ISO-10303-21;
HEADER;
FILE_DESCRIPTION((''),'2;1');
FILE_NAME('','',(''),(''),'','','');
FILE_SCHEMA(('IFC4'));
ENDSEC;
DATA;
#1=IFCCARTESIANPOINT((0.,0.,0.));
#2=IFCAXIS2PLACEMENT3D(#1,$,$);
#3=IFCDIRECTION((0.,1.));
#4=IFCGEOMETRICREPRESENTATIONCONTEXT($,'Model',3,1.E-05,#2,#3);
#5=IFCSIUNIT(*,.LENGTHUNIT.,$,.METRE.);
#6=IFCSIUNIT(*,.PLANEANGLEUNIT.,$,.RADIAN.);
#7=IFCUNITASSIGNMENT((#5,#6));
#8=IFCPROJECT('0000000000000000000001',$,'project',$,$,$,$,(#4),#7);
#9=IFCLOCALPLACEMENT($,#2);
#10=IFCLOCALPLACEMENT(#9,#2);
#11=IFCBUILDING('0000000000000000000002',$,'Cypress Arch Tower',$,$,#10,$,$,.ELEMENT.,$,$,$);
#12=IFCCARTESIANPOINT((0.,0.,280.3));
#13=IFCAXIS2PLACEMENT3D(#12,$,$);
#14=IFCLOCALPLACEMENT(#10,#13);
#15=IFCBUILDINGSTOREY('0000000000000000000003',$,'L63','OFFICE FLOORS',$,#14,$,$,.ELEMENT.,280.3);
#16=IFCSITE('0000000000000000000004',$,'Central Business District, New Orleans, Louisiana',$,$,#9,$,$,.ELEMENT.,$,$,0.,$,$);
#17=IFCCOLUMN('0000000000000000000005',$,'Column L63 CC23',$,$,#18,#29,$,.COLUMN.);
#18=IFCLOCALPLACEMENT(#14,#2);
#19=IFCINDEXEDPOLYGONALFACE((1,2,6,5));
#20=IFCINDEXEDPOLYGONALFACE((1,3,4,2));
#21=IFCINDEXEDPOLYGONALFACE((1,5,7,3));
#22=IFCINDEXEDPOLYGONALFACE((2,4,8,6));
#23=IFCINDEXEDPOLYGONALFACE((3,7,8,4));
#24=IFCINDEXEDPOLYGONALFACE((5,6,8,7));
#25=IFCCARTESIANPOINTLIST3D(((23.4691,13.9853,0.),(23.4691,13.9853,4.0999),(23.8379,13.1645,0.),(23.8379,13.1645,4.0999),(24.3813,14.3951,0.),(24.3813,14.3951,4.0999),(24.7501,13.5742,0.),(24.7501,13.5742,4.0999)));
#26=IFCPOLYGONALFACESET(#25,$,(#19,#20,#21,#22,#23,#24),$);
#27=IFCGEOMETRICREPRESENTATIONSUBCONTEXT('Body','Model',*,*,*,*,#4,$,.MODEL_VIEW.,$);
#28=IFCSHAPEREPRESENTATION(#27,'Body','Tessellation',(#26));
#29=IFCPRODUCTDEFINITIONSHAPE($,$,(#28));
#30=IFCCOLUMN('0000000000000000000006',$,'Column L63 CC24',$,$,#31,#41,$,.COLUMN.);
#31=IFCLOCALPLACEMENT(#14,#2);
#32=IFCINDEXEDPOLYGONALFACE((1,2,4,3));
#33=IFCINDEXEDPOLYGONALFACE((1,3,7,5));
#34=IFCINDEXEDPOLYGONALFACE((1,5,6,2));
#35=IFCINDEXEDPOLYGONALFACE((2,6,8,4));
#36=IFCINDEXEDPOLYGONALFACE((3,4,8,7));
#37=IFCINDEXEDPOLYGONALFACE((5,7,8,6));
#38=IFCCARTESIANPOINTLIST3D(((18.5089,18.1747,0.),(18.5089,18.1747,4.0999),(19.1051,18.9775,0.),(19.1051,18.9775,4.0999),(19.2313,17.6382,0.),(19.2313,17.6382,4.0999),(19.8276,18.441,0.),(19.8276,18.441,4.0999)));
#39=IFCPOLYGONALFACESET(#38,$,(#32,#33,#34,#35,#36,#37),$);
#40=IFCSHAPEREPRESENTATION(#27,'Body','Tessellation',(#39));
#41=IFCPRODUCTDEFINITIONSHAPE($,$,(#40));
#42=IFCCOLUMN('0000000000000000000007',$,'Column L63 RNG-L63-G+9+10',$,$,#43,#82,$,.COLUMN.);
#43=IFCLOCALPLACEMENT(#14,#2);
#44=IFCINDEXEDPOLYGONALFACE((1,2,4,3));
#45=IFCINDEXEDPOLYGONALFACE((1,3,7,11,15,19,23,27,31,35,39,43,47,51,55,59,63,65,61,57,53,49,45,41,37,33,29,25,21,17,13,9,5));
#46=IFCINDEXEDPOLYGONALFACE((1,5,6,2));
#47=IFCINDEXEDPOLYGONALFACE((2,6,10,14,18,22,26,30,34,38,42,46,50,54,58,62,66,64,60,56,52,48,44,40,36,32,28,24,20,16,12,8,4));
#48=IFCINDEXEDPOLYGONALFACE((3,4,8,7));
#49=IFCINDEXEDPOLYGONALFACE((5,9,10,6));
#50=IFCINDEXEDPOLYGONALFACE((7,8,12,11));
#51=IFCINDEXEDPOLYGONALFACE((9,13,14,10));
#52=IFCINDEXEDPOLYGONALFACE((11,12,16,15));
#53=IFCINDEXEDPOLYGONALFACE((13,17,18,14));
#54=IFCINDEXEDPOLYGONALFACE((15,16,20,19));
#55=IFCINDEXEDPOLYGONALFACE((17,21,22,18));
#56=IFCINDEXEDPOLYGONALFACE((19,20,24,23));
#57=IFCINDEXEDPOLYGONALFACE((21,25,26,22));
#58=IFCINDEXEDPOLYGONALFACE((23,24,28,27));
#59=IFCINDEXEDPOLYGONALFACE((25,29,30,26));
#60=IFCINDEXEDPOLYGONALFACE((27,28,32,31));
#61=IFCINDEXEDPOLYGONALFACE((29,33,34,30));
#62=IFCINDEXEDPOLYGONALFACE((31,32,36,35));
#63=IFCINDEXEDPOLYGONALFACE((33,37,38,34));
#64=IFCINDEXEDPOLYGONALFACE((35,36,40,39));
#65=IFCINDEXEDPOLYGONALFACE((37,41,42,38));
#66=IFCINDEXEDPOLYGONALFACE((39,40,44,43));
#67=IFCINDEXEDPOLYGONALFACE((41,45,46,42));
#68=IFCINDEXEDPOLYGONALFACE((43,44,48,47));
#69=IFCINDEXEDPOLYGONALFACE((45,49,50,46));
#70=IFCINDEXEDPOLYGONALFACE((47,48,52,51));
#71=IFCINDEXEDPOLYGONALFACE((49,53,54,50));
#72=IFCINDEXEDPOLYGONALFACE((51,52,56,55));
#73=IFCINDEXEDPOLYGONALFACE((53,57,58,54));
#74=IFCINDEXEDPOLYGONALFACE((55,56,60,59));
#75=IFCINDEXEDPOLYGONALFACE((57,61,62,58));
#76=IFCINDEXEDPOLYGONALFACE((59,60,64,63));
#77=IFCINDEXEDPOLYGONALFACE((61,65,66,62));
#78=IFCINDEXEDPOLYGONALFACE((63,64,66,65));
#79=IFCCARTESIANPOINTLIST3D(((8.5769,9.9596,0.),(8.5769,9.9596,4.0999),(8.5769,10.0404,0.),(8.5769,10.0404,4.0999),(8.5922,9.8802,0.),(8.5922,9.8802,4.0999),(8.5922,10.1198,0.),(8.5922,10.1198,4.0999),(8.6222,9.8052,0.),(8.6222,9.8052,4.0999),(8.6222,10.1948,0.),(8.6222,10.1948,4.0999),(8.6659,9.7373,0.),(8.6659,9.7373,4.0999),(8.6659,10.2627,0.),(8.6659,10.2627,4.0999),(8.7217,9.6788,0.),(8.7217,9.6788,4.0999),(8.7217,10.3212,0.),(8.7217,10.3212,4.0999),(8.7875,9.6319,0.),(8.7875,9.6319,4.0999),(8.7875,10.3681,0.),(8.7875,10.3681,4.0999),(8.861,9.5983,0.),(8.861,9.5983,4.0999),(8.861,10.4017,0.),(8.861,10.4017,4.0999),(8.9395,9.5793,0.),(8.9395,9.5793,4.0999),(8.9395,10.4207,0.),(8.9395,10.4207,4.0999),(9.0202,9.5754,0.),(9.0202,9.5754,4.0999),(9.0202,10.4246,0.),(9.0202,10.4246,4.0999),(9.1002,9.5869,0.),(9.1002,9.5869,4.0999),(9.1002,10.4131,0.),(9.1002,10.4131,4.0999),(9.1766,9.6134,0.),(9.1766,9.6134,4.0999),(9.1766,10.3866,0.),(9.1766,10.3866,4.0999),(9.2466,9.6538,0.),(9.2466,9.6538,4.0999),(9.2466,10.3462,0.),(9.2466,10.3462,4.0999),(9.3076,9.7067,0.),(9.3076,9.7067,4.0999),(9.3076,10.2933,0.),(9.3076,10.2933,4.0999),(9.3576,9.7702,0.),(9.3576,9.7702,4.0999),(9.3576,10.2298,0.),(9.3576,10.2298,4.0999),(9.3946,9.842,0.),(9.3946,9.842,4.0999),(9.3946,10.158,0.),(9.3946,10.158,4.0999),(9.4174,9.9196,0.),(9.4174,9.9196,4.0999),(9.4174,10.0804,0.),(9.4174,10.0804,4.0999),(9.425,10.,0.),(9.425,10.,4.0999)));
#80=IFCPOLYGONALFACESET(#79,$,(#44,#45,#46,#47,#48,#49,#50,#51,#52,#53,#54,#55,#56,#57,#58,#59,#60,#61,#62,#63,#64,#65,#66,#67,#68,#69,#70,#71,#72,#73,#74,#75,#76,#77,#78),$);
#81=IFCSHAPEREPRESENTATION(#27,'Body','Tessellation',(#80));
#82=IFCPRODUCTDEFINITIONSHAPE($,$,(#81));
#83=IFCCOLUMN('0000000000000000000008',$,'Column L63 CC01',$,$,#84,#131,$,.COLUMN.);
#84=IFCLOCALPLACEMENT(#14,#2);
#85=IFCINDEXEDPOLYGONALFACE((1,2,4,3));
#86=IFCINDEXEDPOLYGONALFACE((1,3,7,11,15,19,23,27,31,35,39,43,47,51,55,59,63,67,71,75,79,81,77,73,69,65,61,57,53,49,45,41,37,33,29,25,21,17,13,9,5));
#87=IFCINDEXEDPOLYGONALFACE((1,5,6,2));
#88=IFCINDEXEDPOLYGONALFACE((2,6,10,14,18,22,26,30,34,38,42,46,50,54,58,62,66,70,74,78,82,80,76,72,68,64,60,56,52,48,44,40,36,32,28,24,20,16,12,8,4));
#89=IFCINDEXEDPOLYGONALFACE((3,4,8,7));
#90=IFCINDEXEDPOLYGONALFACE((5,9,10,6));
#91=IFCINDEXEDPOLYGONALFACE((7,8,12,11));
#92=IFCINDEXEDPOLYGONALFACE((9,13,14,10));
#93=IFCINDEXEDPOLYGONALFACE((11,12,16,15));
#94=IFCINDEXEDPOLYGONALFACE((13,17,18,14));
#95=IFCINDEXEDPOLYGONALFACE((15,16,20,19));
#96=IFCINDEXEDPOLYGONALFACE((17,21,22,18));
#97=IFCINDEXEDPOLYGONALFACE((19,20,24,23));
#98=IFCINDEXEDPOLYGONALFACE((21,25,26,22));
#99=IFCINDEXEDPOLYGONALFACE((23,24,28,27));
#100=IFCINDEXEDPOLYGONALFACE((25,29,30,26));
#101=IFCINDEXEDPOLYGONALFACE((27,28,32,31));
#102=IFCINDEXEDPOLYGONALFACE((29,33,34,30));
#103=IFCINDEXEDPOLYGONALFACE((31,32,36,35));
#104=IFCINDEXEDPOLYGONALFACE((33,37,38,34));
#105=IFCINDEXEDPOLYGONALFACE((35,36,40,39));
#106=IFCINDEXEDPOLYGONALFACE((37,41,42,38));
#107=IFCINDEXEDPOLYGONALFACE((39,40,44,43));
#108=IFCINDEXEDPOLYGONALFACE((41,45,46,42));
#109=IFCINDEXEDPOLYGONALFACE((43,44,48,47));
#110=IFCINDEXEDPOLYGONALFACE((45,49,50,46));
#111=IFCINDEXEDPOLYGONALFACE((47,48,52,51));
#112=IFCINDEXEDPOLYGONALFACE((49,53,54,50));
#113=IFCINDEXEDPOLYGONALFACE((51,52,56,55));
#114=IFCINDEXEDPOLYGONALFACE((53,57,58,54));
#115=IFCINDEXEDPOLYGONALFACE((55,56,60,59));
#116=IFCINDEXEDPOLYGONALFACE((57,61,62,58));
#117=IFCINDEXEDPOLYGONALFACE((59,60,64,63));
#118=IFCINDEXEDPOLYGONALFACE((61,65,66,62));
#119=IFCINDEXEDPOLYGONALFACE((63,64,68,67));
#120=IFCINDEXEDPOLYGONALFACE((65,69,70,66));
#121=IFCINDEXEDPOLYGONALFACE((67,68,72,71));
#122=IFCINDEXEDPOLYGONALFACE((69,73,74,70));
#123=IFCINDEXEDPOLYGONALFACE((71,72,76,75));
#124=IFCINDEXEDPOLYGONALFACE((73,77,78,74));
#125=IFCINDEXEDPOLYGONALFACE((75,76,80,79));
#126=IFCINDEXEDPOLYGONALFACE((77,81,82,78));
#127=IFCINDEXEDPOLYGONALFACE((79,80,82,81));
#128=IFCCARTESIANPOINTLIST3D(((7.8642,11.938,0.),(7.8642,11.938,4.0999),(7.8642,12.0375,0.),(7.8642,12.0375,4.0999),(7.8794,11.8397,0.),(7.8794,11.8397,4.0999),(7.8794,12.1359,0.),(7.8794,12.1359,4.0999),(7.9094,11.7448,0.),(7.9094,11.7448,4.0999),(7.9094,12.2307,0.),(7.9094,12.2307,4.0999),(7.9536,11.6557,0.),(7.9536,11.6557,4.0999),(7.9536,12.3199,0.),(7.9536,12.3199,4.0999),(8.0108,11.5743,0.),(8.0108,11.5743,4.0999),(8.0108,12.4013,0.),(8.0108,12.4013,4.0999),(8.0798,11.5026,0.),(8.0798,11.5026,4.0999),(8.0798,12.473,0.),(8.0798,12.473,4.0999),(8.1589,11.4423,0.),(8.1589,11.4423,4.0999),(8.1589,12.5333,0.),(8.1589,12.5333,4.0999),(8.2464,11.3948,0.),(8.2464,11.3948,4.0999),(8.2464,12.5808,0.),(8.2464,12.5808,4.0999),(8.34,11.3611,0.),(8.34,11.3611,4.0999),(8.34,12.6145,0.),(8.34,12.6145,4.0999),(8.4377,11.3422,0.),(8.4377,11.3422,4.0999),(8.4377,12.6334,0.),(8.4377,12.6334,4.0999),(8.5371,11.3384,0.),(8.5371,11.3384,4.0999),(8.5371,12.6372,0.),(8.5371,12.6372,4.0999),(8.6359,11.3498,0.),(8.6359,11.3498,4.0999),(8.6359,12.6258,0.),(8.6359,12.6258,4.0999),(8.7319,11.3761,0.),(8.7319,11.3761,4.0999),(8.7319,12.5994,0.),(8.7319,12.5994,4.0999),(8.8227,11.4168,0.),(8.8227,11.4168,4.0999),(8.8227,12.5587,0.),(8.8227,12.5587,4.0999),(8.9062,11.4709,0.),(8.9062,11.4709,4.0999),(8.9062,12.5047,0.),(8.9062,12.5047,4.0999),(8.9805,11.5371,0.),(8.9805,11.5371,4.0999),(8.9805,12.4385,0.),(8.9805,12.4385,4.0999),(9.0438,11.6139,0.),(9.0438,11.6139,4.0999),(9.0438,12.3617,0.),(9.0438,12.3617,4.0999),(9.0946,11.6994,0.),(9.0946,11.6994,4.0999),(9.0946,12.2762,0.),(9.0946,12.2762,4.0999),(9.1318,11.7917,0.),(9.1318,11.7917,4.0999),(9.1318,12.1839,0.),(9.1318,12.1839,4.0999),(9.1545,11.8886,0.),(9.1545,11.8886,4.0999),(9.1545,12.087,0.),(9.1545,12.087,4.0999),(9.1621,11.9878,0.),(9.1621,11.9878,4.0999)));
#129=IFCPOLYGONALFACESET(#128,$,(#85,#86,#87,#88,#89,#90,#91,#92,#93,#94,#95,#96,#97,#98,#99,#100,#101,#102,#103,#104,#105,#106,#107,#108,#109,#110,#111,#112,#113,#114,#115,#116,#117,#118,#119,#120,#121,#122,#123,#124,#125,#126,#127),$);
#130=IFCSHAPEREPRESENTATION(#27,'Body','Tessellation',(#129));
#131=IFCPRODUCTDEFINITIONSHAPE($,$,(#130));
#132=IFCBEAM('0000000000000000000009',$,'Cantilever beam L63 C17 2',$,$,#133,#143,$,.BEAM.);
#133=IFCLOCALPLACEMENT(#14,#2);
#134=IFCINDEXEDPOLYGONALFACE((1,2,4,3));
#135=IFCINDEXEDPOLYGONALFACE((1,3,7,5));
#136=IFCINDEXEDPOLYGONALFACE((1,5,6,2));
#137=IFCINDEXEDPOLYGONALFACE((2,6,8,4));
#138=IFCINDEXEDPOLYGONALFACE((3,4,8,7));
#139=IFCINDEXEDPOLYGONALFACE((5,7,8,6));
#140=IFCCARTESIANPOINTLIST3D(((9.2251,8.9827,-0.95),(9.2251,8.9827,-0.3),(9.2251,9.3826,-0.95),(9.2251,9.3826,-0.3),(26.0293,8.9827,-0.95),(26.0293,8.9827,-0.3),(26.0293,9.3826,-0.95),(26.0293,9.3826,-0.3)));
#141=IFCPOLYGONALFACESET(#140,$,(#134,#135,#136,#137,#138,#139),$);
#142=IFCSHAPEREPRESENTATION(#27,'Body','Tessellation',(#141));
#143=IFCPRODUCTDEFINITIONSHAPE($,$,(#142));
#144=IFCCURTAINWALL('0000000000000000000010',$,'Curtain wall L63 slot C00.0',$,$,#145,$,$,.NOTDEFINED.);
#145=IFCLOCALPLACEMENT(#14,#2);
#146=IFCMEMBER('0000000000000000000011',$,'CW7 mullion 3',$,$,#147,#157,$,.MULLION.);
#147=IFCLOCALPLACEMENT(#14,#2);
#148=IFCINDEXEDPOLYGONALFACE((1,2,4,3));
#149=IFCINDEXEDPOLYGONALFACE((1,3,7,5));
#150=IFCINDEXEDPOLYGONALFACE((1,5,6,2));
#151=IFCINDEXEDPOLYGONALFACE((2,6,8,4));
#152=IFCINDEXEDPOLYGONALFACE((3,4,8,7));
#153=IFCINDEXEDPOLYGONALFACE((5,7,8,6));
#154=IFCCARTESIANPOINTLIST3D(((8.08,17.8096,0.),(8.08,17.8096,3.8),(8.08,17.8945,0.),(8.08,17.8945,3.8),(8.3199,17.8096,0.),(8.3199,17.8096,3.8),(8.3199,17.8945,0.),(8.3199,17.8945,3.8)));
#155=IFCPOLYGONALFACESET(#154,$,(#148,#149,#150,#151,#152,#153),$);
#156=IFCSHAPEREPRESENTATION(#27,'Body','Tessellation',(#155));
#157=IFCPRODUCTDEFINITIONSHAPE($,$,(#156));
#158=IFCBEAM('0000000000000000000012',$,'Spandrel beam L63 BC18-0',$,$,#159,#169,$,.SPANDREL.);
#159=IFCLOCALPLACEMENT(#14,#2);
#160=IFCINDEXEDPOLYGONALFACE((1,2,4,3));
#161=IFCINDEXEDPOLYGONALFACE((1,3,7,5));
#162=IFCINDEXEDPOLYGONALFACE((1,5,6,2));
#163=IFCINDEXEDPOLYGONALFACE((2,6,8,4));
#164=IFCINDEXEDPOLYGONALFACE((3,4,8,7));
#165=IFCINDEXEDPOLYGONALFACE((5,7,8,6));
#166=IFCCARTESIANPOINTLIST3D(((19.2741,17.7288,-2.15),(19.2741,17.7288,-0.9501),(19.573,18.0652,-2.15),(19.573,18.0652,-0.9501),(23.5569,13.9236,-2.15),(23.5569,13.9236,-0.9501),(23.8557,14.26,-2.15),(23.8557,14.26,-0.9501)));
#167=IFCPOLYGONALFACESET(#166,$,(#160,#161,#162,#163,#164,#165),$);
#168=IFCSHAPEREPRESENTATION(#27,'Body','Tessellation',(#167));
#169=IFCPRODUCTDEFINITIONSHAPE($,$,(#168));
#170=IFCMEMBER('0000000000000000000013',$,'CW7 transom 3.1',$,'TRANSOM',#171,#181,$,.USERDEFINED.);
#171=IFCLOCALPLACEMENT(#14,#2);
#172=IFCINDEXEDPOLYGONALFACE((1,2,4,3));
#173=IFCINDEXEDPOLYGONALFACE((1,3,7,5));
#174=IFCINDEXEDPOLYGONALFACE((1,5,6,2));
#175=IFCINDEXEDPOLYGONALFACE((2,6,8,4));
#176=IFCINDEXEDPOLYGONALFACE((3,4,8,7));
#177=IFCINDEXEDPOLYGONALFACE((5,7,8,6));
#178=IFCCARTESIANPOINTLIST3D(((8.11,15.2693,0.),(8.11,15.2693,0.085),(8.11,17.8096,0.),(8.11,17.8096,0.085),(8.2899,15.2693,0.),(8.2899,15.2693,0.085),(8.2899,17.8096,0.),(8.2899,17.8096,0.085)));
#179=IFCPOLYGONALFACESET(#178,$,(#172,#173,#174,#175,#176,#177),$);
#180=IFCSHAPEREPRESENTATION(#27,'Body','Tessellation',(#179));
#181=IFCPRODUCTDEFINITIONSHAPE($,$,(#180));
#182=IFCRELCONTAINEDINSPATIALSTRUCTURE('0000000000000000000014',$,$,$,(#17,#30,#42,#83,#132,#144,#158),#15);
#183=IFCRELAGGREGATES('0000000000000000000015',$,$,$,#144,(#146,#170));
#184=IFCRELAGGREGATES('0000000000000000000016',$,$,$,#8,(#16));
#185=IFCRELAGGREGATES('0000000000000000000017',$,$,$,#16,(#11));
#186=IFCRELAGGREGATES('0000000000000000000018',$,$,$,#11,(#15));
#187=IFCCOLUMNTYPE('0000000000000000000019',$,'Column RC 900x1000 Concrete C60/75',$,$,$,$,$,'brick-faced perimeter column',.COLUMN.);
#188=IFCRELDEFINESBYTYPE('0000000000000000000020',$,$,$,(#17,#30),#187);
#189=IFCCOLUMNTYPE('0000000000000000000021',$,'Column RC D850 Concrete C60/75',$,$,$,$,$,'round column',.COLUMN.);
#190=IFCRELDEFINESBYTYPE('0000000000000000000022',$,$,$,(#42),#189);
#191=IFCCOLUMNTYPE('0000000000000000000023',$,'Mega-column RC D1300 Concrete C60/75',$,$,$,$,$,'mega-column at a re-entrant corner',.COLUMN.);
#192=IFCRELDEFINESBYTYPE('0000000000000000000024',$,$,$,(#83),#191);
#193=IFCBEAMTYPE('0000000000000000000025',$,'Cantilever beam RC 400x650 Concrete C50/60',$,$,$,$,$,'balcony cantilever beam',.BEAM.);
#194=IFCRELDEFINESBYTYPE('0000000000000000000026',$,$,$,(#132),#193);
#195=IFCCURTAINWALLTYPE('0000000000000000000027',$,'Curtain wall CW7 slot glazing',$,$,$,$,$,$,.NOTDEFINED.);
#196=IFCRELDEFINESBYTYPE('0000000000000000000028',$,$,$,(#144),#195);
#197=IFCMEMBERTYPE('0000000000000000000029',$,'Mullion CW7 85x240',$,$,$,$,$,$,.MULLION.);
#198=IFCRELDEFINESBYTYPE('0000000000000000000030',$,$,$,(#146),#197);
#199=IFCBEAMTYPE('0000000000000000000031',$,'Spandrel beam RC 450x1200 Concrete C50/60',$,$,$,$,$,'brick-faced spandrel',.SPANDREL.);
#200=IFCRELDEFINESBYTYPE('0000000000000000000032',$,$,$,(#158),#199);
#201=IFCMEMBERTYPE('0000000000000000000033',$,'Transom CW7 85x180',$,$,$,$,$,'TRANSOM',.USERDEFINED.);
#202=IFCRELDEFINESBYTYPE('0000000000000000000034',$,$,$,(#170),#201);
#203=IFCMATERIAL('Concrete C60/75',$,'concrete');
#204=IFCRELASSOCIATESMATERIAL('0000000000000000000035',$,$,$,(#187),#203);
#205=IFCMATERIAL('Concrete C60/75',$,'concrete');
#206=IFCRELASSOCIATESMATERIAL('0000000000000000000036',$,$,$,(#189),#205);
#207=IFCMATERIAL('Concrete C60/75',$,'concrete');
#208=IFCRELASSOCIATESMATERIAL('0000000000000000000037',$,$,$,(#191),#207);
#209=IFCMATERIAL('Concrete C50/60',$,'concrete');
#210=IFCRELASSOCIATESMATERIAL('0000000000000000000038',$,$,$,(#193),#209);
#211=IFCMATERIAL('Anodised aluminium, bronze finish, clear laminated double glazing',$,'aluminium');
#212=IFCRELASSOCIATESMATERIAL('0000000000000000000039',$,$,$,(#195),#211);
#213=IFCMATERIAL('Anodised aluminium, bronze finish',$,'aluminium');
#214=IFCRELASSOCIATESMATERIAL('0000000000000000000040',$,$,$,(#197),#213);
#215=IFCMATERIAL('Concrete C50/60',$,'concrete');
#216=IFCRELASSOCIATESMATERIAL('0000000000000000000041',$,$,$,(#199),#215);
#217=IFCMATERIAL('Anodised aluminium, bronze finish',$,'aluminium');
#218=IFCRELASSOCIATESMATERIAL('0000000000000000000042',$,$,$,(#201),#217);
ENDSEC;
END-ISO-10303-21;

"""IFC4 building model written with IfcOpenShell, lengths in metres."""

from ifc_helpers import new_model, si_unit, direction, frame, origin, origin_2d, place, context, subcontext, project, spatial, rectangle, circle, extrude, material, material_profile, profile_set, type_object, element, aggregate, save


model = new_model("IFC4")

# Units and contexts
model_context = context("Model", 3, precision=1e-05, world=origin(), true_north=direction((0.0, 1.0)))
body_context = subcontext(model_context, "Body", "Model", "MODEL_VIEW")
ifc_project = project(units=[si_unit("LENGTHUNIT", "METRE"), si_unit("PLANEANGLEUNIT", "RADIAN")], contexts=[model_context])

# Site, building, storey
site_placement = place(None, origin())
site = spatial("IfcSite", under=ifc_project, at=site_placement, Name="Central Business District, New Orleans, Louisiana", CompositionType="ELEMENT", RefElevation=0.0)
building_placement = place(site_placement, origin())
building = spatial("IfcBuilding", under=site, at=building_placement, Name="Cypress Arch Tower", CompositionType="ELEMENT")
storey_placement = place(building_placement, frame((0.0, 0.0, 280.3)))
storey = spatial("IfcBuildingStorey", under=building, at=storey_placement, Name="L63", Description="OFFICE FLOORS", CompositionType="ELEMENT", Elevation=280.3)

# Columns
ifc_material_1 = material(Name="Concrete C60/75", Category="concrete")
ifc_material_profile_1 = material_profile(ifc_material_1, rectangle(XDim=0.8999, YDim=1.0, at=origin_2d()), Name="RC 900x1000")
ifc_profile_set_1 = profile_set([ifc_material_profile_1], Name="Concrete C60/75")
column_type_1 = type_object("IfcColumnType", Name="Column RC 900x1000 Concrete C60/75", ElementType="brick-faced perimeter column", PredefinedType="COLUMN", material=ifc_profile_set_1)
for number, where, z_axis, x_axis, name in (
    (1, (24.1096, 13.7798, 0.0), (0.0, 0.0, 1.0), (-0.409765, 0.912191, 0.0), "Column L63 CC23"),
    (2, (19.1682, 18.3079, 0.0), (0.0, 0.0, 1.0), (-0.802799, 0.59625, 0.0), "Column L63 CC24"),
):
    element("IfcColumn", number, at=place(storey_placement, frame(where, z_axis=z_axis, x_axis=x_axis)), inside=storey, type_object=column_type_1, Name=name, PredefinedType="COLUMN", context=body_context, shape_type="SweptSolid", body=[
        extrude(rectangle(XDim=0.8999, YDim=1.0, at=origin_2d()), origin(), (0.0, 0.0, 1.0), 4.0999),
    ])
ifc_material_2 = material(Name="Concrete C60/75", Category="concrete")
ifc_material_profile_2 = material_profile(ifc_material_2, circle(Radius=0.425, at=origin_2d()), Name="RC D850")
ifc_profile_set_2 = profile_set([ifc_material_profile_2], Name="Concrete C60/75")
column_type_2 = type_object("IfcColumnType", Name="Column RC D850 Concrete C60/75", ElementType="round column", PredefinedType="COLUMN", material=ifc_profile_set_2)
column_1_placement = place(storey_placement, frame((9.0, 10.0, 0.0), z_axis=(0.0, 0.0, 1.0), x_axis=(1.0, 0.0, 0.0)))
element("IfcColumn", 3, at=column_1_placement, inside=storey, type_object=column_type_2, Name="Column L63 RNG-L63-G+9+10", PredefinedType="COLUMN", context=body_context, shape_type="SweptSolid", body=[
    extrude(circle(Radius=0.425, at=origin_2d()), origin(), (0.0, 0.0, 1.0), 4.0999),
])
ifc_material_3 = material(Name="Concrete C60/75", Category="concrete")
ifc_material_profile_3 = material_profile(ifc_material_3, circle(Radius=0.6499, at=origin_2d()), Name="RC D1300")
ifc_profile_set_3 = profile_set([ifc_material_profile_3], Name="Concrete C60/75")
column_type_3 = type_object("IfcColumnType", Name="Mega-column RC D1300 Concrete C60/75", ElementType="mega-column at a re-entrant corner", PredefinedType="COLUMN", material=ifc_profile_set_3)
column_2_placement = place(storey_placement, frame((8.5122, 11.9878, 0.0), z_axis=(0.0, 0.0, 1.0), x_axis=(1.0, 0.0, 0.0)))
element("IfcColumn", 4, at=column_2_placement, inside=storey, type_object=column_type_3, Name="Column L63 CC01", PredefinedType="COLUMN", context=body_context, shape_type="SweptSolid", body=[
    extrude(circle(Radius=0.6499, at=origin_2d()), origin(), (0.0, 0.0, 1.0), 4.0999),
])

# Beam
ifc_material_4 = material(Name="Concrete C50/60", Category="concrete")
ifc_material_profile_4 = material_profile(ifc_material_4, rectangle(XDim=0.3999, YDim=0.6499, at=origin_2d()), Name="RC 400x650")
ifc_profile_set_4 = profile_set([ifc_material_profile_4], Name="Concrete C50/60")
beam_type_1 = type_object("IfcBeamType", Name="Cantilever beam RC 400x650 Concrete C50/60", ElementType="balcony cantilever beam", PredefinedType="BEAM", material=ifc_profile_set_4)
beam_1_placement = place(storey_placement, frame((9.2251, 9.1826, -0.625), z_axis=(1.0, 0.0, 0.0), x_axis=(0.0, 1.0, 0.0)))
element("IfcBeam", 5, at=beam_1_placement, inside=storey, type_object=beam_type_1, Name="Cantilever beam L63 C17 2", PredefinedType="BEAM", context=body_context, shape_type="SweptSolid", body=[
    extrude(rectangle(XDim=0.3999, YDim=0.6499, at=origin_2d()), origin(), (0.0, 0.0, 1.0), 16.8042),
])

# Curtain wall, member
ifc_material_5 = material(Name="Anodised aluminium, bronze finish, clear laminated double glazing", Category="aluminium")
curtain_wall_type = type_object("IfcCurtainWallType", Name="Curtain wall CW7 slot glazing", PredefinedType="NOTDEFINED", material=ifc_material_5)
curtain_wall_placement = place(storey_placement, origin())
curtain_wall = element("IfcCurtainWall", 6, at=curtain_wall_placement, inside=storey, type_object=curtain_wall_type, Name="Curtain wall L63 slot C00.0", PredefinedType="NOTDEFINED")
ifc_material_6 = material(Name="Anodised aluminium, bronze finish", Category="aluminium")
ifc_material_profile_5 = material_profile(ifc_material_6, rectangle(XDim=0.24, YDim=0.085, at=origin_2d()), Name="Mullion 85x240")
ifc_profile_set_5 = profile_set([ifc_material_profile_5], Name="Anodised aluminium, bronze finish")
member_type_1 = type_object("IfcMemberType", Name="Mullion CW7 85x240", PredefinedType="MULLION", material=ifc_profile_set_5)
member_1_placement = place(storey_placement, frame((8.2, 17.8521, 0.0), z_axis=(0.0, 0.0, 1.0), x_axis=(1.0, 0.0, 0.0)))
member_1 = element("IfcMember", 7, at=member_1_placement, type_object=member_type_1, Name="CW7 mullion 3", PredefinedType="MULLION", context=body_context, shape_type="SweptSolid", body=[
    extrude(rectangle(XDim=0.24, YDim=0.085, at=origin_2d()), origin(), (0.0, 0.0, 1.0), 3.8),
])

# Beam
ifc_material_7 = material(Name="Concrete C50/60", Category="concrete")
ifc_material_profile_6 = material_profile(ifc_material_7, rectangle(XDim=0.45, YDim=1.2, at=origin_2d()), Name="RC 450x1200")
ifc_profile_set_6 = profile_set([ifc_material_profile_6], Name="Concrete C50/60")
beam_type_2 = type_object("IfcBeamType", Name="Spandrel beam RC 450x1200 Concrete C50/60", ElementType="brick-faced spandrel", PredefinedType="SPANDREL", material=ifc_profile_set_6)
beam_2_placement = place(storey_placement, frame((23.7063, 14.0918, -1.55), z_axis=(-0.747555, 0.6642, 0.0), x_axis=(-0.6642, -0.747555, 0.0)))
element("IfcBeam", 8, at=beam_2_placement, inside=storey, type_object=beam_type_2, Name="Spandrel beam L63 BC18-0", PredefinedType="SPANDREL", context=body_context, shape_type="SweptSolid", body=[
    extrude(rectangle(XDim=0.45, YDim=1.2, at=origin_2d()), origin(), (0.0, 0.0, 1.0), 5.729),
])

# Member
ifc_material_8 = material(Name="Anodised aluminium, bronze finish", Category="aluminium")
ifc_material_profile_7 = material_profile(ifc_material_8, rectangle(XDim=0.1799, YDim=0.085, at=origin_2d()), Name="Transom 85x180")
ifc_profile_set_7 = profile_set([ifc_material_profile_7], Name="Anodised aluminium, bronze finish")
member_type_2 = type_object("IfcMemberType", Name="Transom CW7 85x180", ElementType="TRANSOM", PredefinedType="USERDEFINED", material=ifc_profile_set_7)
member_2_placement = place(storey_placement, frame((8.2, 17.8096, 0.0425), z_axis=(0.0, -1.0, 0.0), x_axis=(1.0, 0.0, 0.0)))
member_2 = element("IfcMember", 9, at=member_2_placement, type_object=member_type_2, Name="CW7 transom 3.1", ObjectType="TRANSOM", PredefinedType="USERDEFINED", context=body_context, shape_type="SweptSolid", body=[
    extrude(rectangle(XDim=0.1799, YDim=0.085, at=origin_2d()), origin(), (0.0, 0.0, 1.0), 2.5403),
])

aggregate(curtain_wall, [member_1, member_2])

save(model, "model.ifc")
